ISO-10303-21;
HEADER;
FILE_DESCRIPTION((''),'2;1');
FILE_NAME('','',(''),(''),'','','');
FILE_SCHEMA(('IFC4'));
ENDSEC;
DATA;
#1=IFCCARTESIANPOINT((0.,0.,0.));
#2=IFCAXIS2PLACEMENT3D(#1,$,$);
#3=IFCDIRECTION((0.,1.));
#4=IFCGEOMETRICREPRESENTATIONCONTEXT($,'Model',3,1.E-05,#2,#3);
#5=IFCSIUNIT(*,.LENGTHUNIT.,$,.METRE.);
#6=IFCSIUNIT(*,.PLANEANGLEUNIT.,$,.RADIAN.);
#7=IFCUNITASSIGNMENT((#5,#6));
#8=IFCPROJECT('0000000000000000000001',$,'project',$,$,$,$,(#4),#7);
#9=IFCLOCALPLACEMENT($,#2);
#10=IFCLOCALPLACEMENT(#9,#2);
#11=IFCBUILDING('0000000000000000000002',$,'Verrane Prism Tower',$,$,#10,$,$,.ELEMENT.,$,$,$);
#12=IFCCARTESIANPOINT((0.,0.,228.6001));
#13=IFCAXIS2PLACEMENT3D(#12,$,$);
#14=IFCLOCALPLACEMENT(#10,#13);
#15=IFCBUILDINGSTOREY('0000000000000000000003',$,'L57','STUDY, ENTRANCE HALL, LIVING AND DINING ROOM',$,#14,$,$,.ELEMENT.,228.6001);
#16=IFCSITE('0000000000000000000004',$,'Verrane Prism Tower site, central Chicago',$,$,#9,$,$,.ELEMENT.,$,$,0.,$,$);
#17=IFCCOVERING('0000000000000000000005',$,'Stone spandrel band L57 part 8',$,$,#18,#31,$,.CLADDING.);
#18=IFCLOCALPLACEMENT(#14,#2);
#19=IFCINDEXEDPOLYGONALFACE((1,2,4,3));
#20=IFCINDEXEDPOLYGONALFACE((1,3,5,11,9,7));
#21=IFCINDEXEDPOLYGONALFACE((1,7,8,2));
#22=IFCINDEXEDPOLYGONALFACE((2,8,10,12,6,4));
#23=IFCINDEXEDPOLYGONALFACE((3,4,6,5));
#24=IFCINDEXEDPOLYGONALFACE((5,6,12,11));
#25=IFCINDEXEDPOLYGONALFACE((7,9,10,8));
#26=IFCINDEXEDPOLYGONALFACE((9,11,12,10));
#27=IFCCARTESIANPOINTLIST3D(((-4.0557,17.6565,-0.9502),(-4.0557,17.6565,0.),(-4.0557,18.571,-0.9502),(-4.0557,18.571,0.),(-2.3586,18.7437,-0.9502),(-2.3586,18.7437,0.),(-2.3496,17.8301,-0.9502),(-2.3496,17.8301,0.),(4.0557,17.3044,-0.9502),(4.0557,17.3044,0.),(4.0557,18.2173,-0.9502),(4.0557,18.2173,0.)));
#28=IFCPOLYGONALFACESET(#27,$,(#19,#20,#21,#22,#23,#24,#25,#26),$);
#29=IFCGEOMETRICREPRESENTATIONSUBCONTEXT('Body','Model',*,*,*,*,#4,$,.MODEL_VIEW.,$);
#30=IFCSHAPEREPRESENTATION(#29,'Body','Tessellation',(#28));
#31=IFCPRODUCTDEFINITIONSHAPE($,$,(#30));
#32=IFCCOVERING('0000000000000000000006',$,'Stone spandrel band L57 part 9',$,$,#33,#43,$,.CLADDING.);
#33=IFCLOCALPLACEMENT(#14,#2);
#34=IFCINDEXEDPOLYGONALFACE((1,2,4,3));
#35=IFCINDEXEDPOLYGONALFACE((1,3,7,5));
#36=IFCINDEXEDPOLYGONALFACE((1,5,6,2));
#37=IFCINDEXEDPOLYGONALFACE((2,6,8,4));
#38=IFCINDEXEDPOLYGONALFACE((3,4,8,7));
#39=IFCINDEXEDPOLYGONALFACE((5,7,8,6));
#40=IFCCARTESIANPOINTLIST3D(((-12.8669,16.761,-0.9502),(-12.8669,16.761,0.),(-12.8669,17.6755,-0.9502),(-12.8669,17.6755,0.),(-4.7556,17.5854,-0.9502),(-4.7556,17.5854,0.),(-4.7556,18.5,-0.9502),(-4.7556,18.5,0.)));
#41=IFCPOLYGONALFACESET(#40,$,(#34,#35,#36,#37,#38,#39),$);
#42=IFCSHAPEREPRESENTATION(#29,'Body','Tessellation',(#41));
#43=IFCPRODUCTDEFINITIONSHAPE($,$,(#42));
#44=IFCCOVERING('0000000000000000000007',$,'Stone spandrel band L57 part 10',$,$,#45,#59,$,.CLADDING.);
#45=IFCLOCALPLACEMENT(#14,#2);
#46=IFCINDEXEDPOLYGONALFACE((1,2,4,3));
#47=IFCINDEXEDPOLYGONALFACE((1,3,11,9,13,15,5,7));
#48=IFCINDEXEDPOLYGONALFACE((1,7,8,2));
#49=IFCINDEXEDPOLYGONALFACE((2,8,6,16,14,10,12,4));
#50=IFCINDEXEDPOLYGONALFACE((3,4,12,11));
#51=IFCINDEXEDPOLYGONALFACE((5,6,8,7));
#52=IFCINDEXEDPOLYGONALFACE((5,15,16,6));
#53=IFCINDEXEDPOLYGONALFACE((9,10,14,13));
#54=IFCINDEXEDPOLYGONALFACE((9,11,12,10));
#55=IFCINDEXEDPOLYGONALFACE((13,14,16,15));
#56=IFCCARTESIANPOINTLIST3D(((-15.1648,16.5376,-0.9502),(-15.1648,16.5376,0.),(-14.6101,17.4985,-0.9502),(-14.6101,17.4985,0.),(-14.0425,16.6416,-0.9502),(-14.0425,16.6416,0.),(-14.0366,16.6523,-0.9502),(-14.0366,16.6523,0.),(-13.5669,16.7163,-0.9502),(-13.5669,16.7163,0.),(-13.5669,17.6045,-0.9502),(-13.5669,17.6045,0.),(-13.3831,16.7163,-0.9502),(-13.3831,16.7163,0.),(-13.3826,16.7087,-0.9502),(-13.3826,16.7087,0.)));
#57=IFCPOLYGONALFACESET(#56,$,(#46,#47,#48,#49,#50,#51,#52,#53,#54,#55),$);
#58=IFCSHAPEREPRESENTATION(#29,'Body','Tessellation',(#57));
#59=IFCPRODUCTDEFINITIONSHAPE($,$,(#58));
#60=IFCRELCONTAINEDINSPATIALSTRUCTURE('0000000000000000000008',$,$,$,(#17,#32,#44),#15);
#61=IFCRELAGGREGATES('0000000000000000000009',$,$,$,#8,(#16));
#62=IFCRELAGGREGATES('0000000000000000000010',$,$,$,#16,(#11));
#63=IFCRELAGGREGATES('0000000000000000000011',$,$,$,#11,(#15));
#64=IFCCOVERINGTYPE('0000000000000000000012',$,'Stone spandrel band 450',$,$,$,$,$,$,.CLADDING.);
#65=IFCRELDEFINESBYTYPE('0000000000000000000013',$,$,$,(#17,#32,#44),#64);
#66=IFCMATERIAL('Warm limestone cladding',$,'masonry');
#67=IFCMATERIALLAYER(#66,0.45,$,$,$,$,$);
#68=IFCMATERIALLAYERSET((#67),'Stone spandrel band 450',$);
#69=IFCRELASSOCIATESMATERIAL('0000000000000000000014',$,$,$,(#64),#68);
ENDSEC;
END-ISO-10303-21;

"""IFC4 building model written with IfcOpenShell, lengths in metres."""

from ifc_helpers import new_model, si_unit, direction, frame, origin, place, context, subcontext, project, spatial, polyline, outline, extrude, material, layer, layer_set, type_object, element, save


model = new_model("IFC4")

# Units and contexts
model_context = context("Model", 3, precision=1e-05, world=origin(), true_north=direction((0.0, 1.0)))
body_context = subcontext(model_context, "Body", "Model", "MODEL_VIEW")
ifc_project = project(units=[si_unit("LENGTHUNIT", "METRE"), si_unit("PLANEANGLEUNIT", "RADIAN")], contexts=[model_context])

# Site, building, storey
site_placement = place(None, origin())
site = spatial("IfcSite", under=ifc_project, at=site_placement, Name="Verrane Prism Tower site, central Chicago", CompositionType="ELEMENT", RefElevation=0.0)
building_placement = place(site_placement, origin())
building = spatial("IfcBuilding", under=site, at=building_placement, Name="Verrane Prism Tower", CompositionType="ELEMENT")
storey_placement = place(building_placement, frame((0.0, 0.0, 228.6001)))
storey = spatial("IfcBuildingStorey", under=building, at=storey_placement, Name="L57", Description="STUDY, ENTRANCE HALL, LIVING AND DINING ROOM", CompositionType="ELEMENT", Elevation=228.6001)

# Coverings
ifc_material_1 = material(Name="Warm limestone cladding", Category="masonry")
ifc_layer_1 = layer(ifc_material_1, 0.45)
ifc_layer_set_1 = layer_set([ifc_layer_1], Name="Stone spandrel band 450")
covering_type = type_object("IfcCoveringType", Name="Stone spandrel band 450", PredefinedType="CLADDING", material=ifc_layer_set_1)
covering_1_placement = place(storey_placement, frame((0.0, 0.0, -0.9502)))
element("IfcCovering", 1, at=covering_1_placement, inside=storey, type_object=covering_type, Name="Stone spandrel band L57 part 8", PredefinedType="CLADDING", context=body_context, shape_type="SweptSolid", body=[
    extrude(outline(polyline([(4.0557, 17.3044), (4.0557, 18.2173), (-2.3586, 18.7437), (-4.0557, 18.571), (-4.0557, 17.6565), (-2.3496, 17.8301), (4.0557, 17.3044)])), origin(), (0.0, 0.0, 1.0), 0.9502),
])
covering_2_placement = place(storey_placement, frame((0.0, 0.0, -0.9502)))
element("IfcCovering", 2, at=covering_2_placement, inside=storey, type_object=covering_type, Name="Stone spandrel band L57 part 9", PredefinedType="CLADDING", context=body_context, shape_type="SweptSolid", body=[
    extrude(outline(polyline([(-4.7556, 17.5854), (-4.7556, 18.5), (-12.8669, 17.6755), (-12.8669, 16.761), (-4.7556, 17.5854)])), origin(), (0.0, 0.0, 1.0), 0.9502),
])
covering_3_placement = place(storey_placement, frame((0.0, 0.0, -0.9502)))
element("IfcCovering", 3, at=covering_3_placement, inside=storey, type_object=covering_type, Name="Stone spandrel band L57 part 10", PredefinedType="CLADDING", context=body_context, shape_type="SweptSolid", body=[
    extrude(outline(polyline([(-13.3826, 16.7087), (-13.3831, 16.7163), (-13.5669, 16.7163), (-13.5669, 17.6045), (-14.6101, 17.4985), (-15.1648, 16.5376), (-14.0366, 16.6523), (-14.0425, 16.6416), (-13.3826, 16.7087)])), origin(), (0.0, 0.0, 1.0), 0.9502),
])

save(model, "model.ifc")
